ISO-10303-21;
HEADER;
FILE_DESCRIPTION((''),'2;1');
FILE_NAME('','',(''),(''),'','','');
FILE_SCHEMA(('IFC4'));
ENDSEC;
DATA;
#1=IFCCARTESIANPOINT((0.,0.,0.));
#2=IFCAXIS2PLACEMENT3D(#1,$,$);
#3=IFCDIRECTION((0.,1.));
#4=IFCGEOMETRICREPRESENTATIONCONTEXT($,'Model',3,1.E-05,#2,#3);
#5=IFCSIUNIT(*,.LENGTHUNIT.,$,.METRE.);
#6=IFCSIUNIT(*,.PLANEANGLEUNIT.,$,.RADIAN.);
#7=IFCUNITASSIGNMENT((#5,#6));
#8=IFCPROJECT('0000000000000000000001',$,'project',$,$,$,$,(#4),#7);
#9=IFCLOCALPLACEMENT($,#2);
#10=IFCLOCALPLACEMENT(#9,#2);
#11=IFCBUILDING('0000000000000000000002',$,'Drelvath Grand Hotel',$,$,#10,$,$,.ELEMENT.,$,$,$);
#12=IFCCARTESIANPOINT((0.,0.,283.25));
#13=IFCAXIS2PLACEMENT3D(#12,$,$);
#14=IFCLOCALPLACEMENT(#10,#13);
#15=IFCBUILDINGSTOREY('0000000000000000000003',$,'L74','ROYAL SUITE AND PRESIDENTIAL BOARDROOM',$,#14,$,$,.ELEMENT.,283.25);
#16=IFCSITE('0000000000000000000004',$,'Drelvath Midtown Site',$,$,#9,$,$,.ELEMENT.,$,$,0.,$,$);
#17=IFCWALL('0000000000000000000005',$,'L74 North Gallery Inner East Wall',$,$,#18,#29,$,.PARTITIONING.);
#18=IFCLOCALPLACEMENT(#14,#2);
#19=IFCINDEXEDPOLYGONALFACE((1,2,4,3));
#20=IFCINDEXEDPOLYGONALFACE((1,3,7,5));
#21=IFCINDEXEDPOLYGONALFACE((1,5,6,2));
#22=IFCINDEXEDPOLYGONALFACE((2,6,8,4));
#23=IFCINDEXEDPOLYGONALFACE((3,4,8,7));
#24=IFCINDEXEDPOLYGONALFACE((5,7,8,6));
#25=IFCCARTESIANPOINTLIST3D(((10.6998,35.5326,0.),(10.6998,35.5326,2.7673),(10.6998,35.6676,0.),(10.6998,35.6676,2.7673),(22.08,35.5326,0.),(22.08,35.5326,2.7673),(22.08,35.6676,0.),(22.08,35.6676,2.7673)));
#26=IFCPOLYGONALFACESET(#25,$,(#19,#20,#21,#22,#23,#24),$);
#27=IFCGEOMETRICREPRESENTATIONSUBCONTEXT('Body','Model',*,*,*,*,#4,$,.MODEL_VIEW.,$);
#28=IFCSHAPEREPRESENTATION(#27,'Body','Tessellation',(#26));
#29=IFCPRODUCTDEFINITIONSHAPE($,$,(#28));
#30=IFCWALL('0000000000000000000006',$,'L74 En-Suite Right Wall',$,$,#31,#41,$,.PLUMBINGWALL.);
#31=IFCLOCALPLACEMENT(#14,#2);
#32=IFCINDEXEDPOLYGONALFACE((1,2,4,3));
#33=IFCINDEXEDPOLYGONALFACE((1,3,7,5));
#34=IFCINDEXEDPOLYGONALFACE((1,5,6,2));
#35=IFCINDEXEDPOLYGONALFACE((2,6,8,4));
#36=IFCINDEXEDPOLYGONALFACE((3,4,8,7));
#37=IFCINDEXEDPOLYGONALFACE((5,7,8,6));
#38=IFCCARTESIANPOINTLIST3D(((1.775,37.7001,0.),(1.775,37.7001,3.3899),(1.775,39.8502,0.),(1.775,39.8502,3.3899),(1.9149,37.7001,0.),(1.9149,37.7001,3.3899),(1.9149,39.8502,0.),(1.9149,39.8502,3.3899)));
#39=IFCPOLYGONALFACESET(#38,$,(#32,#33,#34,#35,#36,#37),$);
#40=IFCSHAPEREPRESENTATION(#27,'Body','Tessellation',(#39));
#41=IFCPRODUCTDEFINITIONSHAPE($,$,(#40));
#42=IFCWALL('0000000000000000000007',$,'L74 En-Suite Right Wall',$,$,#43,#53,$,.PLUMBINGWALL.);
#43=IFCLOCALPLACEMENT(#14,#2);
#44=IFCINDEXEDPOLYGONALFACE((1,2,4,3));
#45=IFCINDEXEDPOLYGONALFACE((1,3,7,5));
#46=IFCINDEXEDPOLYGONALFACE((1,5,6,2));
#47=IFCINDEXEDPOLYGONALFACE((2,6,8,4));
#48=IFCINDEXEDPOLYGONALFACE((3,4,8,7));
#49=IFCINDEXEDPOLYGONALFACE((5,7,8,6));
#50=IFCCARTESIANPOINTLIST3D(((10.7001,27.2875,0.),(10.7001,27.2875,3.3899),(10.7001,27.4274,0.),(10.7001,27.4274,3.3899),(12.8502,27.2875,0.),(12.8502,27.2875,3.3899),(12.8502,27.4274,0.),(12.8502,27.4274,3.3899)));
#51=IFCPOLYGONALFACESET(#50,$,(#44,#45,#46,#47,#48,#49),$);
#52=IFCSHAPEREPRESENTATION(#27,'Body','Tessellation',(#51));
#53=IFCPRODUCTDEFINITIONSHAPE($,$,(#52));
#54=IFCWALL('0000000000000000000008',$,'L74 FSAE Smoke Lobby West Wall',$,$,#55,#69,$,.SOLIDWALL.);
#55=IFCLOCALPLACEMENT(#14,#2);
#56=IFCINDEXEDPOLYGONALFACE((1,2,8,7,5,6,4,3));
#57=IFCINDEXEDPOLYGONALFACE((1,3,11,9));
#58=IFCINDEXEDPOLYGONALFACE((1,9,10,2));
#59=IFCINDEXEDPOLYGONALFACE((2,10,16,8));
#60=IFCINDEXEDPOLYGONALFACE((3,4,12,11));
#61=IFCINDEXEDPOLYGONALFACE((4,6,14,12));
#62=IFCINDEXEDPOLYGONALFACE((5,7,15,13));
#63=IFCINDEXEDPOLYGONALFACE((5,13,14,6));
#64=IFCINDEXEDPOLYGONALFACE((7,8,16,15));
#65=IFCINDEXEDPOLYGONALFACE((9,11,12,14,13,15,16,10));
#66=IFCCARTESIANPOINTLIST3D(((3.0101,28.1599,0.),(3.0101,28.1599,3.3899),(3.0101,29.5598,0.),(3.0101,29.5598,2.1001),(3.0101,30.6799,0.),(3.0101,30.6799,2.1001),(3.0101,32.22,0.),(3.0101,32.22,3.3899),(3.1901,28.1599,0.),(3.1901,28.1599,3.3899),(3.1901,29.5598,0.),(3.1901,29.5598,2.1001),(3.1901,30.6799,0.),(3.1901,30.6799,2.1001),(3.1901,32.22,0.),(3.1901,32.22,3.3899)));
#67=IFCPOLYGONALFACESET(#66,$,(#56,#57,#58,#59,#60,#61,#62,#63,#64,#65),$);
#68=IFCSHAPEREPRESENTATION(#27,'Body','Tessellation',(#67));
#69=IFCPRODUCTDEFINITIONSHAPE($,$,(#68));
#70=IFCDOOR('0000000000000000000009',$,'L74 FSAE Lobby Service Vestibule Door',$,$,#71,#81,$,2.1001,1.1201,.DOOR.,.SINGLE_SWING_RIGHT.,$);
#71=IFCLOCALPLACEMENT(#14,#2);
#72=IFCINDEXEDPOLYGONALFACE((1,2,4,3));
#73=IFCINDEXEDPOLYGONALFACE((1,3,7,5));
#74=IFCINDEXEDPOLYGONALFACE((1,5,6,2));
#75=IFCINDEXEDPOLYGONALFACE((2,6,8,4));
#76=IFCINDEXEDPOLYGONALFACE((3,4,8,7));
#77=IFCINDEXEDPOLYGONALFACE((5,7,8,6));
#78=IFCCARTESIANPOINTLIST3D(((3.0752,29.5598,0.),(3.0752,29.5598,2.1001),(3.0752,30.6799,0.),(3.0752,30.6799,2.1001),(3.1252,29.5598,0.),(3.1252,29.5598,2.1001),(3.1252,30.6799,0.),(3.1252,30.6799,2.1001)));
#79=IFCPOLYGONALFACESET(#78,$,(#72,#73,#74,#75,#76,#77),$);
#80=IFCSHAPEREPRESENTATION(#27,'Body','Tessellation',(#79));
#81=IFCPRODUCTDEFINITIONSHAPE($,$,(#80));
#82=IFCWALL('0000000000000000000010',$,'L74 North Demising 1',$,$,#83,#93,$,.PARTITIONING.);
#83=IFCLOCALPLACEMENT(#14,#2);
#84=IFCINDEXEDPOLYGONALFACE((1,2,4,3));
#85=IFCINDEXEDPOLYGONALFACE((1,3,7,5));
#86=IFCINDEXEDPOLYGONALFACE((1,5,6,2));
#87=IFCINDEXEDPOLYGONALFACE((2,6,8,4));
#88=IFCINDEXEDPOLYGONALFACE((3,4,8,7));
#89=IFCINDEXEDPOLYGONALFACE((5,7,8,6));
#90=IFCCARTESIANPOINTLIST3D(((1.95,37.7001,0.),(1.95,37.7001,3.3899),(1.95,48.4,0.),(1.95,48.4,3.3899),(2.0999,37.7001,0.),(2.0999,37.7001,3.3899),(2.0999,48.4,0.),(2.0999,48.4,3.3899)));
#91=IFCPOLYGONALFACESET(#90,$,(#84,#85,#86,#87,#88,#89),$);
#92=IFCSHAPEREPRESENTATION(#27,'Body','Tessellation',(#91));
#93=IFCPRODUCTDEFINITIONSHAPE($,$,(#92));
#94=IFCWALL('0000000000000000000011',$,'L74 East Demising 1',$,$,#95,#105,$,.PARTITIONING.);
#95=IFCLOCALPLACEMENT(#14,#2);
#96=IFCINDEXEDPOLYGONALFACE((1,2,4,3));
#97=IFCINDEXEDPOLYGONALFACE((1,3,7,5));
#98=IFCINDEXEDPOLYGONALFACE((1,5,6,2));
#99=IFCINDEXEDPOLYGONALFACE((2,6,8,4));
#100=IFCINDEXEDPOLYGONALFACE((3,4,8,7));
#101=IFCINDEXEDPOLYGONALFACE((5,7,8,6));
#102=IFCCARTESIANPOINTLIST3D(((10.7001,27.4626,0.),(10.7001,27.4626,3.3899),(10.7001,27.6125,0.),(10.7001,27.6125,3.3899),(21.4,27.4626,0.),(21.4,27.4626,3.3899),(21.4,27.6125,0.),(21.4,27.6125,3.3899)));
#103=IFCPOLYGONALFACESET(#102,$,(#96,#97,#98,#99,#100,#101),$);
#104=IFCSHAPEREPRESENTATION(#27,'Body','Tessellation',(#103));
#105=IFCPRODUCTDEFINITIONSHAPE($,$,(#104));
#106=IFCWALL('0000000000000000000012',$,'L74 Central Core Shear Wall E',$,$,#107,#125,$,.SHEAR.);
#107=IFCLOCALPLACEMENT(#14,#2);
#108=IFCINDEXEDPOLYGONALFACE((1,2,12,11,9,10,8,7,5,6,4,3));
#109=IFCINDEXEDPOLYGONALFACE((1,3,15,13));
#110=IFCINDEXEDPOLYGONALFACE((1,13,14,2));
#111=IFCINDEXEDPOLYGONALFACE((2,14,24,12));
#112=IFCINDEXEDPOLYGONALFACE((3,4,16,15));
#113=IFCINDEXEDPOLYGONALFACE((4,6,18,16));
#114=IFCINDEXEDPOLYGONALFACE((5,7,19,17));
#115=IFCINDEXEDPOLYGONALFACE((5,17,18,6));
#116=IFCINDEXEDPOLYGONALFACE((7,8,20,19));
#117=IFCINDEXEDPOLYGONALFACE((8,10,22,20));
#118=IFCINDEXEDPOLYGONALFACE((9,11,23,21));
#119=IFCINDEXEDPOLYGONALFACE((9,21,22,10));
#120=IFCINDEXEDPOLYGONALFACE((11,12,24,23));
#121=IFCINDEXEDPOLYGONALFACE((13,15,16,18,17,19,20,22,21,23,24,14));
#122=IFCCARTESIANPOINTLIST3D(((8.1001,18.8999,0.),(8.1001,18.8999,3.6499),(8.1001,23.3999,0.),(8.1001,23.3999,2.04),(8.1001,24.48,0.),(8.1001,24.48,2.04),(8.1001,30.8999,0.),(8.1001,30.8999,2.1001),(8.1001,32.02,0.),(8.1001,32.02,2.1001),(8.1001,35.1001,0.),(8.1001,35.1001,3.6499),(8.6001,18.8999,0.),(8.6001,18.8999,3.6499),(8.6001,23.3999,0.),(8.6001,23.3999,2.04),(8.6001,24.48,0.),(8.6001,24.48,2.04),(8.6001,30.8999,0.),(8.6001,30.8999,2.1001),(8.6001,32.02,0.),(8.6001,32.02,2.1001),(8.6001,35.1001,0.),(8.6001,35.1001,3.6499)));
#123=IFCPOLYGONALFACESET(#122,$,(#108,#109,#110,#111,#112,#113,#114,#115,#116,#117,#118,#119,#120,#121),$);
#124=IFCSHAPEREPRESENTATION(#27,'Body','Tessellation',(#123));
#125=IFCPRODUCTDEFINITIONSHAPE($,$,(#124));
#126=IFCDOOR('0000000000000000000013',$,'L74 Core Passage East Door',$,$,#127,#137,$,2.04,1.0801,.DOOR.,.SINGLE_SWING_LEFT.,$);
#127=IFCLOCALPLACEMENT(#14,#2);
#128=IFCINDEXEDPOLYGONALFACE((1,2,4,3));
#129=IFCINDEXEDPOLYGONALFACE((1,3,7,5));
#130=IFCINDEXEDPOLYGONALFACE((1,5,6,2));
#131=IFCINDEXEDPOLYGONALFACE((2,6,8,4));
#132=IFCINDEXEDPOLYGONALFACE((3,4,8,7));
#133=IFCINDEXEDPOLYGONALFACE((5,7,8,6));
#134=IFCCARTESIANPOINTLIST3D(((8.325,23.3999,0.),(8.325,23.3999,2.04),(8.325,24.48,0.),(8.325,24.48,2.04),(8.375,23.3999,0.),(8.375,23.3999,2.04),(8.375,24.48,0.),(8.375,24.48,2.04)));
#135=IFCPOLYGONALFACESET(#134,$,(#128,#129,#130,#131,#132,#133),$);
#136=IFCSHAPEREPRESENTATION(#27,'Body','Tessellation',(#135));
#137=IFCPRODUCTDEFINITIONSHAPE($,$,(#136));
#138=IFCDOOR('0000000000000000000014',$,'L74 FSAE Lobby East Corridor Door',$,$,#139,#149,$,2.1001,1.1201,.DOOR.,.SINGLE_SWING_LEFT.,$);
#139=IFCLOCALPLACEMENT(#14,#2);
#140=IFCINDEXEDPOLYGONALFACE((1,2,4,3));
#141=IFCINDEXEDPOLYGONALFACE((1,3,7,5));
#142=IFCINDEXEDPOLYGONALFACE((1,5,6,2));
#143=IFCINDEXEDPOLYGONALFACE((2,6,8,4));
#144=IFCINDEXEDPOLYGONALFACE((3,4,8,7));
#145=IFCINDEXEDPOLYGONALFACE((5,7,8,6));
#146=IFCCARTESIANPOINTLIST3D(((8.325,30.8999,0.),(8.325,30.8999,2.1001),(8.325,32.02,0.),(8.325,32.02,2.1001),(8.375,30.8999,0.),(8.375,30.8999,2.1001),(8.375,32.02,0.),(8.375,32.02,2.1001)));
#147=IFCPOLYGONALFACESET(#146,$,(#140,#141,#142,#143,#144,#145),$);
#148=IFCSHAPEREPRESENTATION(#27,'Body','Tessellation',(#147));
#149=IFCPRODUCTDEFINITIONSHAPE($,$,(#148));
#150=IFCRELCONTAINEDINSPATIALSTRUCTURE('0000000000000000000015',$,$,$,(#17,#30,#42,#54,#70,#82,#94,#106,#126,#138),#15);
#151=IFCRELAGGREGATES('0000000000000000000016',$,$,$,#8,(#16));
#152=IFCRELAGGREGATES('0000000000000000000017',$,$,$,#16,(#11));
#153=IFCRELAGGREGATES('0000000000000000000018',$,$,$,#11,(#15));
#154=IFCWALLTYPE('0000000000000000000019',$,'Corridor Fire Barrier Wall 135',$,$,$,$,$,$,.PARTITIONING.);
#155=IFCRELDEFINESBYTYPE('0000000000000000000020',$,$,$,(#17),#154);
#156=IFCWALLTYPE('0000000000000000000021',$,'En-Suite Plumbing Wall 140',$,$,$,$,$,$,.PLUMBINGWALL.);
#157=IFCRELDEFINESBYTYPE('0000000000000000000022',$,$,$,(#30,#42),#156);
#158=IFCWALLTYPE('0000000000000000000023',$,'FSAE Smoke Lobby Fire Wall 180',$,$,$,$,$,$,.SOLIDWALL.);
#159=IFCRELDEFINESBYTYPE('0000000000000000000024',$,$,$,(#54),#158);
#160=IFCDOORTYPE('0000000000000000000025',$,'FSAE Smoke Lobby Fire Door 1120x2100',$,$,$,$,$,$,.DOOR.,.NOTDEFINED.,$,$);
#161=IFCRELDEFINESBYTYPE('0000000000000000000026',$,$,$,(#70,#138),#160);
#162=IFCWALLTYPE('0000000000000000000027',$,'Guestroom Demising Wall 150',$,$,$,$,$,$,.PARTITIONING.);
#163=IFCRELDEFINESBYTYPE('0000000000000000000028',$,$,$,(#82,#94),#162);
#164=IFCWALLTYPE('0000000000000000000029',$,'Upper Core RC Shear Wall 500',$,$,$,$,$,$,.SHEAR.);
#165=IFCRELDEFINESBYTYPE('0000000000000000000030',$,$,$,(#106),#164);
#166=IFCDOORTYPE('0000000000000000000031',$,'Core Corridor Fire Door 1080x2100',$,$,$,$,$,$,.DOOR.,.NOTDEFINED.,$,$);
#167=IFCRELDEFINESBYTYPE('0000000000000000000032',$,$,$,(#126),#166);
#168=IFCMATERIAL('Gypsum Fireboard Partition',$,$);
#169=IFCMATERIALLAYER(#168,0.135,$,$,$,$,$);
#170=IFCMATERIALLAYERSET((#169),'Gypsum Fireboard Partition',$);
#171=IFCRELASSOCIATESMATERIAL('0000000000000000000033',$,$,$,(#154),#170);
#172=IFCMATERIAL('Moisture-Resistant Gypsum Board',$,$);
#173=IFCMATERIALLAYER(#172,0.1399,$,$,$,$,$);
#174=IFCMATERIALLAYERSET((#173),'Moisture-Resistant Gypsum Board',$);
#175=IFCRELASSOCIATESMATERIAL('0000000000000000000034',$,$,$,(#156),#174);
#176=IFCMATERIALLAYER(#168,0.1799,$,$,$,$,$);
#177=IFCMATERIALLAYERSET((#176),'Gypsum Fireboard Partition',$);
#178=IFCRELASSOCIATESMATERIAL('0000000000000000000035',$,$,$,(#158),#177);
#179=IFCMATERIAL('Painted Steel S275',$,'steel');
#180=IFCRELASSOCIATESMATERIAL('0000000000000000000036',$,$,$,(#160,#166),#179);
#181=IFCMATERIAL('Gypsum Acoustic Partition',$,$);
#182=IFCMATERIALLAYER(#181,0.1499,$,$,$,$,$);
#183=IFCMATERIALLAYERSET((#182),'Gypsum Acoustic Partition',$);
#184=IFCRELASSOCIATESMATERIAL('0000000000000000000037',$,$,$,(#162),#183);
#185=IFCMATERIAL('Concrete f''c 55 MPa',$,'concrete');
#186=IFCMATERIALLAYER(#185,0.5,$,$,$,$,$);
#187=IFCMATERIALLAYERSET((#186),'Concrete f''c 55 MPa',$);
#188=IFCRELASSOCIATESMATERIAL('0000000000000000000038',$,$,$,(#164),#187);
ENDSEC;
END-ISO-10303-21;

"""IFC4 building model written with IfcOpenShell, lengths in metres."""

from ifc_helpers import new_model, si_unit, direction, frame, frame_2d, origin, place, context, subcontext, project, spatial, rectangle, extrude, material, layer, layer_set, type_object, element, fill, save


model = new_model("IFC4")

# Units and contexts
model_context = context("Model", 3, precision=1e-05, world=origin(), true_north=direction((0.0, 1.0)))
body_context = subcontext(model_context, "Body", "Model", "MODEL_VIEW")
ifc_project = project(units=[si_unit("LENGTHUNIT", "METRE"), si_unit("PLANEANGLEUNIT", "RADIAN")], contexts=[model_context])

# Site, building, storey
site_placement = place(None, origin())
site = spatial("IfcSite", under=ifc_project, at=site_placement, Name="Drelvath Midtown Site", CompositionType="ELEMENT", RefElevation=0.0)
building_placement = place(site_placement, origin())
building = spatial("IfcBuilding", under=site, at=building_placement, Name="Drelvath Grand Hotel", CompositionType="ELEMENT")
storey_placement = place(building_placement, frame((0.0, 0.0, 283.25)))
storey = spatial("IfcBuildingStorey", under=building, at=storey_placement, Name="L74", Description="ROYAL SUITE AND PRESIDENTIAL BOARDROOM", CompositionType="ELEMENT", Elevation=283.25)

# Shared definitions
ifc_material_1 = material(Name="Concrete f'c 55 MPa", Category="concrete")

# Shared definitions
ifc_material_2 = material(Name="Painted Steel S275", Category="steel")

# Walls
ifc_material_3 = material(Name="Gypsum Fireboard Partition")
ifc_layer_1 = layer(ifc_material_3, 0.135)
ifc_layer_set_1 = layer_set([ifc_layer_1], Name="Gypsum Fireboard Partition")
wall_type_1 = type_object("IfcWallType", Name="Corridor Fire Barrier Wall 135", PredefinedType="PARTITIONING", material=ifc_layer_set_1)
wall_1_placement = place(storey_placement, frame((10.7, 35.6001, 0.0), z_axis=(0.0, 0.0, 1.0), x_axis=(1.0, 0.0, 0.0)))
element("IfcWall", 1, at=wall_1_placement, inside=storey, type_object=wall_type_1, Name="L74 North Gallery Inner East Wall", PredefinedType="PARTITIONING", context=body_context, shape_type="SweptSolid", body=[
    extrude(rectangle(XDim=11.3801, YDim=0.135, at=frame_2d((5.6899, 0.0))), origin(), (0.0, 0.0, 1.0), 2.7673),
])
ifc_material_4 = material(Name="Moisture-Resistant Gypsum Board")
ifc_layer_2 = layer(ifc_material_4, 0.1399)
ifc_layer_set_2 = layer_set([ifc_layer_2], Name="Moisture-Resistant Gypsum Board")
wall_type_2 = type_object("IfcWallType", Name="En-Suite Plumbing Wall 140", PredefinedType="PLUMBINGWALL", material=ifc_layer_set_2)
for number, where, z_axis, x_axis, name in (
    (2, (1.845, 37.7, 0.0), (0.0, 0.0, 1.0), (0.0, 1.0, 0.0), "L74 En-Suite Right Wall"),
    (3, (10.7, 27.3574, 0.0), (0.0, 0.0, 1.0), (1.0, 0.0, 0.0), "L74 En-Suite Right Wall"),
):
    element("IfcWall", number, at=place(storey_placement, frame(where, z_axis=z_axis, x_axis=x_axis)), inside=storey, type_object=wall_type_2, Name=name, PredefinedType="PLUMBINGWALL", context=body_context, shape_type="SweptSolid", body=[
        extrude(rectangle(XDim=2.1501, YDim=0.1399, at=frame_2d((1.0752, 0.0))), origin(), (0.0, 0.0, 1.0), 3.3899),
    ])

# Wall, opening, door
ifc_layer_3 = layer(ifc_material_3, 0.1799)
ifc_layer_set_3 = layer_set([ifc_layer_3], Name="Gypsum Fireboard Partition")
wall_type_3 = type_object("IfcWallType", Name="FSAE Smoke Lobby Fire Wall 180", PredefinedType="SOLIDWALL", material=ifc_layer_set_3)
wall_2_placement = place(storey_placement, frame((3.1001, 28.1599, 0.0), z_axis=(0.0, 0.0, 1.0), x_axis=(0.0, 1.0, 0.0)))
wall_2 = element("IfcWall", 4, at=wall_2_placement, inside=storey, type_object=wall_type_3, Name="L74 FSAE Smoke Lobby West Wall", PredefinedType="SOLIDWALL", context=body_context, shape_type="SweptSolid", body=[
    extrude(rectangle(XDim=4.0601, YDim=0.1799, at=frame_2d((2.03, 0.0))), origin(), (0.0, 0.0, 1.0), 3.3899),
])
opening_1_placement = place(wall_2_placement, frame((1.3999, 0.0, 0.0)))
opening_1 = element("IfcOpeningElement", 5, at=opening_1_placement, cuts=wall_2, PredefinedType="OPENING", context=body_context, shape_type="SweptSolid", body=[
    extrude(rectangle(XDim=1.1201, YDim=2.1001, at=frame_2d((0.5601, 1.05))), frame((0.0, 0.0999, 0.0), z_axis=(0.0, -1.0, 0.0), x_axis=(1.0, 0.0, 0.0)), (0.0, 0.0, 1.0), 0.2),
])
door_type_1 = type_object("IfcDoorType", Name="FSAE Smoke Lobby Fire Door 1120x2100", OperationType="NOTDEFINED", PredefinedType="DOOR", material=ifc_material_2)
door_1_placement = place(opening_1_placement, origin())
door_1 = element("IfcDoor", 6, at=door_1_placement, inside=storey, type_object=door_type_1, Name="L74 FSAE Lobby Service Vestibule Door", OperationType="SINGLE_SWING_RIGHT", OverallHeight=2.1001, OverallWidth=1.1201, PredefinedType="DOOR", context=body_context, shape_type="SweptSolid", body=[
    extrude(rectangle(XDim=1.1201, YDim=2.1001, at=frame_2d((0.5601, 1.05))), frame((0.0, 0.0249, 0.0), z_axis=(0.0, -1.0, 0.0), x_axis=(1.0, 0.0, 0.0)), (0.0, 0.0, 1.0), 0.05),
])
fill(opening_1, door_1)

# Walls
ifc_material_5 = material(Name="Gypsum Acoustic Partition")
ifc_layer_4 = layer(ifc_material_5, 0.1499)
ifc_layer_set_4 = layer_set([ifc_layer_4], Name="Gypsum Acoustic Partition")
wall_type_4 = type_object("IfcWallType", Name="Guestroom Demising Wall 150", PredefinedType="PARTITIONING", material=ifc_layer_set_4)
for number, where, z_axis, x_axis, name in (
    (7, (2.0249, 37.7, 0.0), (0.0, 0.0, 1.0), (0.0, 1.0, 0.0), "L74 North Demising 1"),
    (8, (10.7, 27.5376, 0.0), (0.0, 0.0, 1.0), (1.0, 0.0, 0.0), "L74 East Demising 1"),
):
    element("IfcWall", number, at=place(storey_placement, frame(where, z_axis=z_axis, x_axis=x_axis)), inside=storey, type_object=wall_type_4, Name=name, PredefinedType="PARTITIONING", context=body_context, shape_type="SweptSolid", body=[
        extrude(rectangle(XDim=10.7, YDim=0.1499, at=frame_2d((5.3501, 0.0))), origin(), (0.0, 0.0, 1.0), 3.3899),
    ])

# Wall, openings, doors
ifc_layer_5 = layer(ifc_material_1, 0.5)
ifc_layer_set_5 = layer_set([ifc_layer_5], Name="Concrete f'c 55 MPa")
wall_type_5 = type_object("IfcWallType", Name="Upper Core RC Shear Wall 500", PredefinedType="SHEAR", material=ifc_layer_set_5)
wall_3_placement = place(storey_placement, frame((8.3501, 35.1001, 0.0), z_axis=(0.0, 0.0, 1.0), x_axis=(0.0, -1.0, 0.0)))
wall_3 = element("IfcWall", 9, at=wall_3_placement, inside=storey, type_object=wall_type_5, Name="L74 Central Core Shear Wall E", PredefinedType="SHEAR", context=body_context, shape_type="SweptSolid", body=[
    extrude(rectangle(XDim=16.2002, YDim=0.5, at=frame_2d((8.1001, 0.0))), origin(), (0.0, 0.0, 1.0), 3.6499),
])
opening_2_placement = place(wall_3_placement, frame((3.0801, 0.0, 0.0)))
opening_2 = element("IfcOpeningElement", 10, at=opening_2_placement, cuts=wall_3, PredefinedType="OPENING", context=body_context, shape_type="SweptSolid", body=[
    extrude(rectangle(XDim=1.1201, YDim=2.1001, at=frame_2d((0.5601, 1.05))), frame((0.0, 0.26, 0.0), z_axis=(0.0, -1.0, 0.0), x_axis=(1.0, 0.0, 0.0)), (0.0, 0.0, 1.0), 0.52),
])
opening_3_placement = place(wall_3_placement, frame((10.6201, 0.0, 0.0)))
opening_3 = element("IfcOpeningElement", 11, at=opening_3_placement, cuts=wall_3, PredefinedType="OPENING", context=body_context, shape_type="SweptSolid", body=[
    extrude(rectangle(XDim=1.0801, YDim=2.04, at=frame_2d((0.54, 1.02))), frame((0.0, 0.26, 0.0), z_axis=(0.0, -1.0, 0.0), x_axis=(1.0, 0.0, 0.0)), (0.0, 0.0, 1.0), 0.52),
])
door_type_2 = type_object("IfcDoorType", Name="Core Corridor Fire Door 1080x2100", OperationType="NOTDEFINED", PredefinedType="DOOR", material=ifc_material_2)
door_2_placement = place(opening_3_placement, origin())
door_2 = element("IfcDoor", 12, at=door_2_placement, inside=storey, type_object=door_type_2, Name="L74 Core Passage East Door", OperationType="SINGLE_SWING_LEFT", OverallHeight=2.04, OverallWidth=1.0801, PredefinedType="DOOR", context=body_context, shape_type="SweptSolid", body=[
    extrude(rectangle(XDim=1.0801, YDim=2.04, at=frame_2d((0.54, 1.02))), frame((0.0, 0.0249, 0.0), z_axis=(0.0, -1.0, 0.0), x_axis=(1.0, 0.0, 0.0)), (0.0, 0.0, 1.0), 0.05),
])
fill(opening_3, door_2)
door_3_placement = place(opening_2_placement, origin())
door_3 = element("IfcDoor", 13, at=door_3_placement, inside=storey, type_object=door_type_1, Name="L74 FSAE Lobby East Corridor Door", OperationType="SINGLE_SWING_LEFT", OverallHeight=2.1001, OverallWidth=1.1201, PredefinedType="DOOR", context=body_context, shape_type="SweptSolid", body=[
    extrude(rectangle(XDim=1.1201, YDim=2.1001, at=frame_2d((0.5601, 1.05))), frame((0.0, 0.0249, 0.0), z_axis=(0.0, -1.0, 0.0), x_axis=(1.0, 0.0, 0.0)), (0.0, 0.0, 1.0), 0.05),
])
fill(opening_2, door_3)

save(model, "model.ifc")
